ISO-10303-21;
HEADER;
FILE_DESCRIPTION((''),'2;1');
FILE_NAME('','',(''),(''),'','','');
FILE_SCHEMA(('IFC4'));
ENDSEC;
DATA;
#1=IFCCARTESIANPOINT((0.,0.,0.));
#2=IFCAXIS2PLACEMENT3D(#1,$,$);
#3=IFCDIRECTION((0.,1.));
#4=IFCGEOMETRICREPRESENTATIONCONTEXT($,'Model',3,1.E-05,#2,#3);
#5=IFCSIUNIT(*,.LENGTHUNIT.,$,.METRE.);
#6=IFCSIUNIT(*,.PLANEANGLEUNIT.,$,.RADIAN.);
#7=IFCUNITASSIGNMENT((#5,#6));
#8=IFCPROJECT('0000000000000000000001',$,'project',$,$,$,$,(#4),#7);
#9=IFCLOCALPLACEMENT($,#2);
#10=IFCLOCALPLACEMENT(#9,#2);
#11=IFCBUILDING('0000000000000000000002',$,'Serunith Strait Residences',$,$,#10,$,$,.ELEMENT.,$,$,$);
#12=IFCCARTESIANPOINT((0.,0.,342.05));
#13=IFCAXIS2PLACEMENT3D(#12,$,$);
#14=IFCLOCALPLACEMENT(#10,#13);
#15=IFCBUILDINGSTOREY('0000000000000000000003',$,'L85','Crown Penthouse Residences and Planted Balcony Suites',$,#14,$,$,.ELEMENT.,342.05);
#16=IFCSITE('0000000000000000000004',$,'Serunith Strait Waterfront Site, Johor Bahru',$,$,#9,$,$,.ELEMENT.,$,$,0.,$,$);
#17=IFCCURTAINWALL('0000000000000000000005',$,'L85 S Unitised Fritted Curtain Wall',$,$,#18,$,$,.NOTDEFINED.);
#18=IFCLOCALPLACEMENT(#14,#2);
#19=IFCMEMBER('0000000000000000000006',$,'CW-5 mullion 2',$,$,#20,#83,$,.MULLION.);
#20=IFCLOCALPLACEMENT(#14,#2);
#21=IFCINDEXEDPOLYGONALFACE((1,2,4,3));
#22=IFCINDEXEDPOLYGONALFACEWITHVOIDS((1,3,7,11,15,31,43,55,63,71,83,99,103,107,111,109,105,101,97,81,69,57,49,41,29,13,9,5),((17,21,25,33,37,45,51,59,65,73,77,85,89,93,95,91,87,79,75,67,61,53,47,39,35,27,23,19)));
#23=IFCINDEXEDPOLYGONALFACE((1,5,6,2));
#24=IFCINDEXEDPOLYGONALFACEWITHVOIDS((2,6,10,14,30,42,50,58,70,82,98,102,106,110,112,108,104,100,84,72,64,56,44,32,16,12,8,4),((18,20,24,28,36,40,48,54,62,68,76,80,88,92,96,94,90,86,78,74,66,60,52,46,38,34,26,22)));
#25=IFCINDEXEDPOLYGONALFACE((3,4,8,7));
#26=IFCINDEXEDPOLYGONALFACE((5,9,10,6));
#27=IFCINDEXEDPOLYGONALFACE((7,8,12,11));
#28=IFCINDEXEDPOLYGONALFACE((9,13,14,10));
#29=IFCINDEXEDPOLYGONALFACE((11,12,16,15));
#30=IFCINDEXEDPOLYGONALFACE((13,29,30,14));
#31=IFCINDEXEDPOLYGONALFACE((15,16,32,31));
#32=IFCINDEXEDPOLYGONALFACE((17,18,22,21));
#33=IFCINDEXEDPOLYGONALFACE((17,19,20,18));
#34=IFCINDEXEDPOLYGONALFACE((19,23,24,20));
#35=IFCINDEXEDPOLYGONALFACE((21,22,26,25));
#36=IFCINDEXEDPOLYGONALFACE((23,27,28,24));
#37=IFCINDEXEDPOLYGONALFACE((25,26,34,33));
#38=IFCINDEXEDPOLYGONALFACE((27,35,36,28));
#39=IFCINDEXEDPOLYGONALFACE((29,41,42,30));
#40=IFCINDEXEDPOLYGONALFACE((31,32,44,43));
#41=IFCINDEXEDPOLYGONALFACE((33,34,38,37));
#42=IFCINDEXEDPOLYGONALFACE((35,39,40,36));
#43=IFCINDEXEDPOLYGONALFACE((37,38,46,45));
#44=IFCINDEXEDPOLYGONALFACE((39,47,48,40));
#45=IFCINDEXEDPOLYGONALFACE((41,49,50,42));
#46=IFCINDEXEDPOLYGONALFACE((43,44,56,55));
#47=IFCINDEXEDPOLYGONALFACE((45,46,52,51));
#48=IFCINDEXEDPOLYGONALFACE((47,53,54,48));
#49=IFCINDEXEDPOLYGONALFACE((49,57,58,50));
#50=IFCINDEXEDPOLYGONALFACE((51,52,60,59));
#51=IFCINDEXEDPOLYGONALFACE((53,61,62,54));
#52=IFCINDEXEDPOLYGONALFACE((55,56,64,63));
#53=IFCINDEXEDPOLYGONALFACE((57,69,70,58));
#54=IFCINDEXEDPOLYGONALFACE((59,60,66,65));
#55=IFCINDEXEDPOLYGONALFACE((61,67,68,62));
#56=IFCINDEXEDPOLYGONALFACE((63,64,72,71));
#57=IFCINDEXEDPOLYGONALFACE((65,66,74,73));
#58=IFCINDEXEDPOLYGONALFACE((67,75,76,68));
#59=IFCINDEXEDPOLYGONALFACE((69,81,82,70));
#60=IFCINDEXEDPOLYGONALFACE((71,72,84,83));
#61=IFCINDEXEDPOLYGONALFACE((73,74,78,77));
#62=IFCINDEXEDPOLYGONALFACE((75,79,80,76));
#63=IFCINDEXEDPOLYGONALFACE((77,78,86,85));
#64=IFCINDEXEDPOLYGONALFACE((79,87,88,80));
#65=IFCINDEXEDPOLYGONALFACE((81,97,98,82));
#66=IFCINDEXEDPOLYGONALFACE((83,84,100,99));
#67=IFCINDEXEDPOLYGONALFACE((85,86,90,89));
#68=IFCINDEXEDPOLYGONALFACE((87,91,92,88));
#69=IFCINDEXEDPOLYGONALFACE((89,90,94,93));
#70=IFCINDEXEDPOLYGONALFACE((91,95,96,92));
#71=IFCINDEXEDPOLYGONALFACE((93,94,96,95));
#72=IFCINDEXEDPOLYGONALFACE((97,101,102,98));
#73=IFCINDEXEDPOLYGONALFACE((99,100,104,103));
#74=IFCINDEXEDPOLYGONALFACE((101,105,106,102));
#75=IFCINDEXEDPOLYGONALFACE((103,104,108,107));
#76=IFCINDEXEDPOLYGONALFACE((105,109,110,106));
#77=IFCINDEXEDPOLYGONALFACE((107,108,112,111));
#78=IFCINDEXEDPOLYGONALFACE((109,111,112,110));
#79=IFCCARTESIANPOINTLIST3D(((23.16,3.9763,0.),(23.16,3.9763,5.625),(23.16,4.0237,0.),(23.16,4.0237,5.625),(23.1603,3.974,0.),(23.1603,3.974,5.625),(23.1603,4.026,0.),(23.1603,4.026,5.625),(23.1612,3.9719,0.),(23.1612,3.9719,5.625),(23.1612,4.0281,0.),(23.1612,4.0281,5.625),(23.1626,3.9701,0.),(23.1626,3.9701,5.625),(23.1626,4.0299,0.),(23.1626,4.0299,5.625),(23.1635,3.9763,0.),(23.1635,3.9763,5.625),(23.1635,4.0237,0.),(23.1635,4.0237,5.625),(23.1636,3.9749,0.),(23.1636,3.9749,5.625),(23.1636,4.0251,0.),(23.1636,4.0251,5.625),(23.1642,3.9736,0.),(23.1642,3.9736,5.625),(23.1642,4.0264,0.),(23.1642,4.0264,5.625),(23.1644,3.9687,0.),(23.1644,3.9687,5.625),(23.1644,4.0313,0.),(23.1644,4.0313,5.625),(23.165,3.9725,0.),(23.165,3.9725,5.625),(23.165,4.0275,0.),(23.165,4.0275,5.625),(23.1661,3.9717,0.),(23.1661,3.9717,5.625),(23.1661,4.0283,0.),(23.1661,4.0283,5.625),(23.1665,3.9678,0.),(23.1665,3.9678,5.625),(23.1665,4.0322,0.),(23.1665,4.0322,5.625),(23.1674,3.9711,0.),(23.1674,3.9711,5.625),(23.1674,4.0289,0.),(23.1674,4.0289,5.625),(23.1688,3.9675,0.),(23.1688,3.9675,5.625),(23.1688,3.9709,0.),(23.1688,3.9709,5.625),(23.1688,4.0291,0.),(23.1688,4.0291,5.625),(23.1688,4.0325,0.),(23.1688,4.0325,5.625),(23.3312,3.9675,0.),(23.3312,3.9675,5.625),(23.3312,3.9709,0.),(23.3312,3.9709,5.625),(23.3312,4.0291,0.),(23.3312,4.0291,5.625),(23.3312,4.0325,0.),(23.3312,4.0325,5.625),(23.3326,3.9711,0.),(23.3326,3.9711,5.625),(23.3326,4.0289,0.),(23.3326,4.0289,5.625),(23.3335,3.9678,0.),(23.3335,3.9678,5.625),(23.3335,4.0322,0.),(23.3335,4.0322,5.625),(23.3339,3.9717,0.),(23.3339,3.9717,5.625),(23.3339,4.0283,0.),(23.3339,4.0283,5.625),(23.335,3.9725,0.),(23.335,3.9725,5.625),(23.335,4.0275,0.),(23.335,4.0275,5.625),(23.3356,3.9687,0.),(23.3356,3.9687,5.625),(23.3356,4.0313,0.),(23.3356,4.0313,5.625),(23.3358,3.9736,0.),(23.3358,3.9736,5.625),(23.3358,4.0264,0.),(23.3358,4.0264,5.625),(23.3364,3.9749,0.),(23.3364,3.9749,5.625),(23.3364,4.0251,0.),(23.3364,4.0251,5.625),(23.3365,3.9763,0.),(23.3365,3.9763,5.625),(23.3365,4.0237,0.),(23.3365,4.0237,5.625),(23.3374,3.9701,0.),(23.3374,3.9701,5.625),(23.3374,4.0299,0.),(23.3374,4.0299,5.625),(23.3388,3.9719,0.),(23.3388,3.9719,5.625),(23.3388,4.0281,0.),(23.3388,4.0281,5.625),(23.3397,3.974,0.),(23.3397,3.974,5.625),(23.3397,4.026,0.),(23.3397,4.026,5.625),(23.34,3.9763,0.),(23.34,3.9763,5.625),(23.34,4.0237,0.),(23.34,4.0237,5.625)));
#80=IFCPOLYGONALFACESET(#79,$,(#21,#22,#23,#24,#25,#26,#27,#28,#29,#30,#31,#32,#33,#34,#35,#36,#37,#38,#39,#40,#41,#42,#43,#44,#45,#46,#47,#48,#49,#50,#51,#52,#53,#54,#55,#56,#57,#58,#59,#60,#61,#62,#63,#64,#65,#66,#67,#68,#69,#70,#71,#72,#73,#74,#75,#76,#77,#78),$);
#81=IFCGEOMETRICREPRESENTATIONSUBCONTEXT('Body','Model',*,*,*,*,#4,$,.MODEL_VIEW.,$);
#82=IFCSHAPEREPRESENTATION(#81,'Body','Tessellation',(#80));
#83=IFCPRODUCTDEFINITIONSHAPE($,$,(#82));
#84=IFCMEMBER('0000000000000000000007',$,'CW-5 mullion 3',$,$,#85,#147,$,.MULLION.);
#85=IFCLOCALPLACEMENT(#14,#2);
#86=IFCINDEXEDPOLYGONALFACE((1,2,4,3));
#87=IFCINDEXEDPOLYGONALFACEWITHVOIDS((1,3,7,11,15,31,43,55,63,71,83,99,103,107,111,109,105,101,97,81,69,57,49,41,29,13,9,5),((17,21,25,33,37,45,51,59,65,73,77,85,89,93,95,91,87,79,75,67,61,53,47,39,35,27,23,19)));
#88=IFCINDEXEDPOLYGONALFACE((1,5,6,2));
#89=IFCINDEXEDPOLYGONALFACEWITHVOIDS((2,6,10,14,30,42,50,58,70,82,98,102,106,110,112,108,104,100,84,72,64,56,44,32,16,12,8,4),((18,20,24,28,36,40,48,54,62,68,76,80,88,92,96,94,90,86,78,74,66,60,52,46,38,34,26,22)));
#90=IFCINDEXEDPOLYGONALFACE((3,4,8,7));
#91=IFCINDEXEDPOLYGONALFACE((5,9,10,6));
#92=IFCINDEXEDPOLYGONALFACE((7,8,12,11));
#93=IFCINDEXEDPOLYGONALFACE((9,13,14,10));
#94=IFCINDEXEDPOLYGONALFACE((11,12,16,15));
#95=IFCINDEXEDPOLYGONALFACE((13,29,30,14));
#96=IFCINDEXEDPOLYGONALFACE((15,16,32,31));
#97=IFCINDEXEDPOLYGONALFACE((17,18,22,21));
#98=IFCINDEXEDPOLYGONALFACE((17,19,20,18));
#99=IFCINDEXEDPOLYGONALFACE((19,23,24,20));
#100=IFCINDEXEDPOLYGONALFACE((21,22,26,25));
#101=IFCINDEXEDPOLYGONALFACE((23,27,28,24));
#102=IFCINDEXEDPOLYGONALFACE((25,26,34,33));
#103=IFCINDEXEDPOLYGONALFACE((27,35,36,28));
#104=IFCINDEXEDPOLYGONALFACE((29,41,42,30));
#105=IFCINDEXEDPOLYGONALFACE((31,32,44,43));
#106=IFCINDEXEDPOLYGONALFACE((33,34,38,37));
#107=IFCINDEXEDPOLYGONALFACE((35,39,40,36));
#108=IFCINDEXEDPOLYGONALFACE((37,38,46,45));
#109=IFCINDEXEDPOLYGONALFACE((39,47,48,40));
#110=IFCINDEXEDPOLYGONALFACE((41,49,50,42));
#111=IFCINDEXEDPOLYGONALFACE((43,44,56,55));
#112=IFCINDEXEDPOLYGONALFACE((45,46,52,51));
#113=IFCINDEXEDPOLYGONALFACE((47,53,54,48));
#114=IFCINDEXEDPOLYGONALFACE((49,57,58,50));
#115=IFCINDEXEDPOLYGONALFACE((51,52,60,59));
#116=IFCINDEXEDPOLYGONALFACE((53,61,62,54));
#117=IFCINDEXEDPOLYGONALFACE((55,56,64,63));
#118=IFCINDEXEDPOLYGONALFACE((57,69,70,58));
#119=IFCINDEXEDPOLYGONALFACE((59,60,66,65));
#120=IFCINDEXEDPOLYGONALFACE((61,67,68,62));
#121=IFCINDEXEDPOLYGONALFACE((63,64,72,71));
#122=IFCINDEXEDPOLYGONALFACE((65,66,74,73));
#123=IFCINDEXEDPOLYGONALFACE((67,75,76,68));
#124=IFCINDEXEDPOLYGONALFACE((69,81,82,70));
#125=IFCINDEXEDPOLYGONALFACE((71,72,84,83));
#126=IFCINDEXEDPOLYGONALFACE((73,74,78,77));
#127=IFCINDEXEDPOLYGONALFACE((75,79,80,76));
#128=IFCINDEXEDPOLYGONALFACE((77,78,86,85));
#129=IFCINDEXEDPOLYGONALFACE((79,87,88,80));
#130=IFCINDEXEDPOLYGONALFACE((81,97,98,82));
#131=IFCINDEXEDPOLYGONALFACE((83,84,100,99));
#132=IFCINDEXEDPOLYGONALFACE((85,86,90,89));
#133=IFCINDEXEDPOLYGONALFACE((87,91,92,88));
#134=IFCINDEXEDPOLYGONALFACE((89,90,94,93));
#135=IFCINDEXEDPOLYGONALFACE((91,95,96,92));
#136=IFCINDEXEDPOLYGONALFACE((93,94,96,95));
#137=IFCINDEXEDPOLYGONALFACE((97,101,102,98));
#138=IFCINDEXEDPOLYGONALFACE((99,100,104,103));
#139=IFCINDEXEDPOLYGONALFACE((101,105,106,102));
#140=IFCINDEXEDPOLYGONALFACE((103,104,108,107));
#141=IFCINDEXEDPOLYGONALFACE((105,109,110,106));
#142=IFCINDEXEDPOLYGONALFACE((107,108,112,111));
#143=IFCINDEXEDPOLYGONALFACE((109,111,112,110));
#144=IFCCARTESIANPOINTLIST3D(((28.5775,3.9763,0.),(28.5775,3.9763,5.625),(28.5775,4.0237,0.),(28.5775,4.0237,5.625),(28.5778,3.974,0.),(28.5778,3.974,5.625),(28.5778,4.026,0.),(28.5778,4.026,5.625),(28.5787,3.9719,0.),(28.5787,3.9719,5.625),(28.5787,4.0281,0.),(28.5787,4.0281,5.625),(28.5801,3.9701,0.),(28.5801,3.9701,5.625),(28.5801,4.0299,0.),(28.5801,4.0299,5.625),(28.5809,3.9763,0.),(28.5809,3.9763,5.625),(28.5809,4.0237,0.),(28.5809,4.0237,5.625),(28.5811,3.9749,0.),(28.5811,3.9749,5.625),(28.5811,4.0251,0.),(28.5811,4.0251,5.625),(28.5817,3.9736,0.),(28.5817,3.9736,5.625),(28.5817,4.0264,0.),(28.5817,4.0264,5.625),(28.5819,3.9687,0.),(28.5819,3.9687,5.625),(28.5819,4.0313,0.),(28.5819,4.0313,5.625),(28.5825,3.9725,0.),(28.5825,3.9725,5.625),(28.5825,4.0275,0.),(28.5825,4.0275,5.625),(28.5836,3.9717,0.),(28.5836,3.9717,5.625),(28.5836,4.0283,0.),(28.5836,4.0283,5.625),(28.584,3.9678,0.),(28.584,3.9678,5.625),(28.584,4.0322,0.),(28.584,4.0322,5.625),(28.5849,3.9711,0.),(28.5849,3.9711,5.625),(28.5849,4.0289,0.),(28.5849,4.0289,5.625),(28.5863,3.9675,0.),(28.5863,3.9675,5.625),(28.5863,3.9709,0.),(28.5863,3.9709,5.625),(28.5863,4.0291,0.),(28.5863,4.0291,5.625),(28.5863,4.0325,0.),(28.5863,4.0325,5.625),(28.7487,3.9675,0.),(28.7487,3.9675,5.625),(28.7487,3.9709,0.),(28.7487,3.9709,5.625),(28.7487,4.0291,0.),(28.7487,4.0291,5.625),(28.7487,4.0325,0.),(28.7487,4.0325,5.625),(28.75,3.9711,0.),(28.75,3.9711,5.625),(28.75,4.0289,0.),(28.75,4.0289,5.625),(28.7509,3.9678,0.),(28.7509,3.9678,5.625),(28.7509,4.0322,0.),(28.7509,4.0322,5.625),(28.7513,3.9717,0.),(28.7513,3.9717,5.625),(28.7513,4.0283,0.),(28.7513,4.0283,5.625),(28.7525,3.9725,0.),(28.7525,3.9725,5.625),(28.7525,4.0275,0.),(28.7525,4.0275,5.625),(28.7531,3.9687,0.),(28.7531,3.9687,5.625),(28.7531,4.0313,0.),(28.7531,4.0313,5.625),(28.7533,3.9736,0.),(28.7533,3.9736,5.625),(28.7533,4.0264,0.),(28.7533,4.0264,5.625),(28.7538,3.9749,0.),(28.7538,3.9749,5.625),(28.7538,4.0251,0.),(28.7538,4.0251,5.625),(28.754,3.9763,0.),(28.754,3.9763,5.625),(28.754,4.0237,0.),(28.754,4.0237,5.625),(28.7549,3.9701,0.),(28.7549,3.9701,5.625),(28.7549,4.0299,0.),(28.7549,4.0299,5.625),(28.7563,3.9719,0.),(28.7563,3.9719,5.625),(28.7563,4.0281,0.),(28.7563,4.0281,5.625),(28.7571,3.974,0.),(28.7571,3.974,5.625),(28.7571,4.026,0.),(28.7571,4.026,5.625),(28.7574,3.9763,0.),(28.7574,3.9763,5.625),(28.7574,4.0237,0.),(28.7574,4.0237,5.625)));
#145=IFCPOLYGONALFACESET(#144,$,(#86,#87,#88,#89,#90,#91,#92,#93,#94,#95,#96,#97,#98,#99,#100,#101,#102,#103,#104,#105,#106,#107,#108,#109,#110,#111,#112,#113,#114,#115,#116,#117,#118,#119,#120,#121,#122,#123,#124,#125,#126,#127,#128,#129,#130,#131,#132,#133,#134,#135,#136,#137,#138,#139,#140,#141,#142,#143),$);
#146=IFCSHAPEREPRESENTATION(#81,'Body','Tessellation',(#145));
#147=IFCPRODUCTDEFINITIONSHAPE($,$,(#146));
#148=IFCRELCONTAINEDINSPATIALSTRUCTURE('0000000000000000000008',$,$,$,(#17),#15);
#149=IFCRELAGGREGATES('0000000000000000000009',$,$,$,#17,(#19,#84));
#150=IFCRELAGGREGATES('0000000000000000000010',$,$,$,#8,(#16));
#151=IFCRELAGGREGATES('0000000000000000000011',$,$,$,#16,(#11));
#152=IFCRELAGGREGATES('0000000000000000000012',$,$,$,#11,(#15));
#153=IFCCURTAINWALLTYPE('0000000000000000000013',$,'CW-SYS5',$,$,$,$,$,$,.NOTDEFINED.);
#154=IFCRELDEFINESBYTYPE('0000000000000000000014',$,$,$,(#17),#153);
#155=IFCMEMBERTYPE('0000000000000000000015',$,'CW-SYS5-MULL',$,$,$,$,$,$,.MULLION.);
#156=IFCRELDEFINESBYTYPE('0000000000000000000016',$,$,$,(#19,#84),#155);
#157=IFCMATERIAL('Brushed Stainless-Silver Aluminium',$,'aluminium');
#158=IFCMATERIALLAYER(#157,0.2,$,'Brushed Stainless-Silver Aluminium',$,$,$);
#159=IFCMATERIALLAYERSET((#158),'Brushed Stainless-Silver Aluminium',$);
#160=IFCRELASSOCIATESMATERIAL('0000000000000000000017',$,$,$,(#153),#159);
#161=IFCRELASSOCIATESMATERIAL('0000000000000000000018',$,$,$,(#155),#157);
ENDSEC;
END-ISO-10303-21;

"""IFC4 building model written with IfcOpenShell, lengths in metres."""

from ifc_helpers import new_model, si_unit, direction, frame, origin, origin_2d, place, context, subcontext, project, spatial, hollow_rectangle, extrude, source, transform, mapped, material, layer, layer_set, material_profile, profile_set, type_object, element, aggregate, save


model = new_model("IFC4")

# Units and contexts
model_context = context("Model", 3, precision=1e-05, world=origin(), true_north=direction((0.0, 1.0)))
body_context = subcontext(model_context, "Body", "Model", "MODEL_VIEW")
ifc_project = project(units=[si_unit("LENGTHUNIT", "METRE"), si_unit("PLANEANGLEUNIT", "RADIAN")], contexts=[model_context])

# Site, building, storey
site_placement = place(None, origin())
site = spatial("IfcSite", under=ifc_project, at=site_placement, Name="Serunith Strait Waterfront Site, Johor Bahru", CompositionType="ELEMENT", RefElevation=0.0)
building_placement = place(site_placement, origin())
building = spatial("IfcBuilding", under=site, at=building_placement, Name="Serunith Strait Residences", CompositionType="ELEMENT")
storey_placement = place(building_placement, frame((0.0, 0.0, 342.05)))
storey = spatial("IfcBuildingStorey", under=building, at=storey_placement, Name="L85", Description="Crown Penthouse Residences and Planted Balcony Suites", CompositionType="ELEMENT", Elevation=342.05)

# Curtain wall, members
ifc_material_1 = material(Name="Brushed Stainless-Silver Aluminium", Category="aluminium")
ifc_layer_1 = layer(ifc_material_1, 0.2, Name="Brushed Stainless-Silver Aluminium")
ifc_layer_set_1 = layer_set([ifc_layer_1], Name="Brushed Stainless-Silver Aluminium")
curtain_wall_type = type_object("IfcCurtainWallType", Name="CW-SYS5", PredefinedType="NOTDEFINED", material=ifc_layer_set_1)
curtain_wall_1_placement = place(storey_placement, origin())
curtain_wall_1 = element("IfcCurtainWall", 1, at=curtain_wall_1_placement, inside=storey, type_object=curtain_wall_type, Name="L85 S Unitised Fritted Curtain Wall", PredefinedType="NOTDEFINED")
ifc_material_profile_1 = material_profile(ifc_material_1, hollow_rectangle(XDim=0.0649, YDim=0.1799, WallThickness=0.0034, InnerFilletRadius=0.0054, OuterFilletRadius=0.0088, at=origin_2d()), Name="ALU 180x65x3.5")
ifc_profile_set_1 = profile_set([ifc_material_profile_1], Name="Brushed Stainless-Silver Aluminium")
member_type_1 = type_object("IfcMemberType", Name="CW-SYS5-MULL", PredefinedType="MULLION", material=ifc_profile_set_1)
shared_shape_1 = source(origin(), body_context, "Body", "SweptSolid", [
    extrude(hollow_rectangle(XDim=0.0649, YDim=0.1799, WallThickness=0.0034, InnerFilletRadius=0.0054, OuterFilletRadius=0.0088, at=origin_2d()), origin(), (0.0, 0.0, 1.0), 5.625),
])
member_1_placement = place(storey_placement, frame((23.25, 4.0, 0.0), z_axis=(0.0, 0.0, 1.0), x_axis=(0.0, 1.0, 0.0)))
member_1 = element("IfcMember", 2, at=member_1_placement, type_object=member_type_1, Name="CW-5 mullion 2", PredefinedType="MULLION", context=body_context, shape_type="MappedRepresentation", body=[
    mapped(shared_shape_1, transform((0.0, 0.0, 0.0), scale=1.0)),
])
member_2_placement = place(storey_placement, frame((28.6675, 4.0, 0.0), z_axis=(0.0, 0.0, 1.0), x_axis=(0.0, 1.0, 0.0)))
member_2 = element("IfcMember", 3, at=member_2_placement, type_object=member_type_1, Name="CW-5 mullion 3", PredefinedType="MULLION", context=body_context, shape_type="MappedRepresentation", body=[
    mapped(shared_shape_1, transform((0.0, 0.0, 0.0), scale=1.0)),
])

aggregate(curtain_wall_1, [member_1, member_2])

save(model, "model.ifc")
